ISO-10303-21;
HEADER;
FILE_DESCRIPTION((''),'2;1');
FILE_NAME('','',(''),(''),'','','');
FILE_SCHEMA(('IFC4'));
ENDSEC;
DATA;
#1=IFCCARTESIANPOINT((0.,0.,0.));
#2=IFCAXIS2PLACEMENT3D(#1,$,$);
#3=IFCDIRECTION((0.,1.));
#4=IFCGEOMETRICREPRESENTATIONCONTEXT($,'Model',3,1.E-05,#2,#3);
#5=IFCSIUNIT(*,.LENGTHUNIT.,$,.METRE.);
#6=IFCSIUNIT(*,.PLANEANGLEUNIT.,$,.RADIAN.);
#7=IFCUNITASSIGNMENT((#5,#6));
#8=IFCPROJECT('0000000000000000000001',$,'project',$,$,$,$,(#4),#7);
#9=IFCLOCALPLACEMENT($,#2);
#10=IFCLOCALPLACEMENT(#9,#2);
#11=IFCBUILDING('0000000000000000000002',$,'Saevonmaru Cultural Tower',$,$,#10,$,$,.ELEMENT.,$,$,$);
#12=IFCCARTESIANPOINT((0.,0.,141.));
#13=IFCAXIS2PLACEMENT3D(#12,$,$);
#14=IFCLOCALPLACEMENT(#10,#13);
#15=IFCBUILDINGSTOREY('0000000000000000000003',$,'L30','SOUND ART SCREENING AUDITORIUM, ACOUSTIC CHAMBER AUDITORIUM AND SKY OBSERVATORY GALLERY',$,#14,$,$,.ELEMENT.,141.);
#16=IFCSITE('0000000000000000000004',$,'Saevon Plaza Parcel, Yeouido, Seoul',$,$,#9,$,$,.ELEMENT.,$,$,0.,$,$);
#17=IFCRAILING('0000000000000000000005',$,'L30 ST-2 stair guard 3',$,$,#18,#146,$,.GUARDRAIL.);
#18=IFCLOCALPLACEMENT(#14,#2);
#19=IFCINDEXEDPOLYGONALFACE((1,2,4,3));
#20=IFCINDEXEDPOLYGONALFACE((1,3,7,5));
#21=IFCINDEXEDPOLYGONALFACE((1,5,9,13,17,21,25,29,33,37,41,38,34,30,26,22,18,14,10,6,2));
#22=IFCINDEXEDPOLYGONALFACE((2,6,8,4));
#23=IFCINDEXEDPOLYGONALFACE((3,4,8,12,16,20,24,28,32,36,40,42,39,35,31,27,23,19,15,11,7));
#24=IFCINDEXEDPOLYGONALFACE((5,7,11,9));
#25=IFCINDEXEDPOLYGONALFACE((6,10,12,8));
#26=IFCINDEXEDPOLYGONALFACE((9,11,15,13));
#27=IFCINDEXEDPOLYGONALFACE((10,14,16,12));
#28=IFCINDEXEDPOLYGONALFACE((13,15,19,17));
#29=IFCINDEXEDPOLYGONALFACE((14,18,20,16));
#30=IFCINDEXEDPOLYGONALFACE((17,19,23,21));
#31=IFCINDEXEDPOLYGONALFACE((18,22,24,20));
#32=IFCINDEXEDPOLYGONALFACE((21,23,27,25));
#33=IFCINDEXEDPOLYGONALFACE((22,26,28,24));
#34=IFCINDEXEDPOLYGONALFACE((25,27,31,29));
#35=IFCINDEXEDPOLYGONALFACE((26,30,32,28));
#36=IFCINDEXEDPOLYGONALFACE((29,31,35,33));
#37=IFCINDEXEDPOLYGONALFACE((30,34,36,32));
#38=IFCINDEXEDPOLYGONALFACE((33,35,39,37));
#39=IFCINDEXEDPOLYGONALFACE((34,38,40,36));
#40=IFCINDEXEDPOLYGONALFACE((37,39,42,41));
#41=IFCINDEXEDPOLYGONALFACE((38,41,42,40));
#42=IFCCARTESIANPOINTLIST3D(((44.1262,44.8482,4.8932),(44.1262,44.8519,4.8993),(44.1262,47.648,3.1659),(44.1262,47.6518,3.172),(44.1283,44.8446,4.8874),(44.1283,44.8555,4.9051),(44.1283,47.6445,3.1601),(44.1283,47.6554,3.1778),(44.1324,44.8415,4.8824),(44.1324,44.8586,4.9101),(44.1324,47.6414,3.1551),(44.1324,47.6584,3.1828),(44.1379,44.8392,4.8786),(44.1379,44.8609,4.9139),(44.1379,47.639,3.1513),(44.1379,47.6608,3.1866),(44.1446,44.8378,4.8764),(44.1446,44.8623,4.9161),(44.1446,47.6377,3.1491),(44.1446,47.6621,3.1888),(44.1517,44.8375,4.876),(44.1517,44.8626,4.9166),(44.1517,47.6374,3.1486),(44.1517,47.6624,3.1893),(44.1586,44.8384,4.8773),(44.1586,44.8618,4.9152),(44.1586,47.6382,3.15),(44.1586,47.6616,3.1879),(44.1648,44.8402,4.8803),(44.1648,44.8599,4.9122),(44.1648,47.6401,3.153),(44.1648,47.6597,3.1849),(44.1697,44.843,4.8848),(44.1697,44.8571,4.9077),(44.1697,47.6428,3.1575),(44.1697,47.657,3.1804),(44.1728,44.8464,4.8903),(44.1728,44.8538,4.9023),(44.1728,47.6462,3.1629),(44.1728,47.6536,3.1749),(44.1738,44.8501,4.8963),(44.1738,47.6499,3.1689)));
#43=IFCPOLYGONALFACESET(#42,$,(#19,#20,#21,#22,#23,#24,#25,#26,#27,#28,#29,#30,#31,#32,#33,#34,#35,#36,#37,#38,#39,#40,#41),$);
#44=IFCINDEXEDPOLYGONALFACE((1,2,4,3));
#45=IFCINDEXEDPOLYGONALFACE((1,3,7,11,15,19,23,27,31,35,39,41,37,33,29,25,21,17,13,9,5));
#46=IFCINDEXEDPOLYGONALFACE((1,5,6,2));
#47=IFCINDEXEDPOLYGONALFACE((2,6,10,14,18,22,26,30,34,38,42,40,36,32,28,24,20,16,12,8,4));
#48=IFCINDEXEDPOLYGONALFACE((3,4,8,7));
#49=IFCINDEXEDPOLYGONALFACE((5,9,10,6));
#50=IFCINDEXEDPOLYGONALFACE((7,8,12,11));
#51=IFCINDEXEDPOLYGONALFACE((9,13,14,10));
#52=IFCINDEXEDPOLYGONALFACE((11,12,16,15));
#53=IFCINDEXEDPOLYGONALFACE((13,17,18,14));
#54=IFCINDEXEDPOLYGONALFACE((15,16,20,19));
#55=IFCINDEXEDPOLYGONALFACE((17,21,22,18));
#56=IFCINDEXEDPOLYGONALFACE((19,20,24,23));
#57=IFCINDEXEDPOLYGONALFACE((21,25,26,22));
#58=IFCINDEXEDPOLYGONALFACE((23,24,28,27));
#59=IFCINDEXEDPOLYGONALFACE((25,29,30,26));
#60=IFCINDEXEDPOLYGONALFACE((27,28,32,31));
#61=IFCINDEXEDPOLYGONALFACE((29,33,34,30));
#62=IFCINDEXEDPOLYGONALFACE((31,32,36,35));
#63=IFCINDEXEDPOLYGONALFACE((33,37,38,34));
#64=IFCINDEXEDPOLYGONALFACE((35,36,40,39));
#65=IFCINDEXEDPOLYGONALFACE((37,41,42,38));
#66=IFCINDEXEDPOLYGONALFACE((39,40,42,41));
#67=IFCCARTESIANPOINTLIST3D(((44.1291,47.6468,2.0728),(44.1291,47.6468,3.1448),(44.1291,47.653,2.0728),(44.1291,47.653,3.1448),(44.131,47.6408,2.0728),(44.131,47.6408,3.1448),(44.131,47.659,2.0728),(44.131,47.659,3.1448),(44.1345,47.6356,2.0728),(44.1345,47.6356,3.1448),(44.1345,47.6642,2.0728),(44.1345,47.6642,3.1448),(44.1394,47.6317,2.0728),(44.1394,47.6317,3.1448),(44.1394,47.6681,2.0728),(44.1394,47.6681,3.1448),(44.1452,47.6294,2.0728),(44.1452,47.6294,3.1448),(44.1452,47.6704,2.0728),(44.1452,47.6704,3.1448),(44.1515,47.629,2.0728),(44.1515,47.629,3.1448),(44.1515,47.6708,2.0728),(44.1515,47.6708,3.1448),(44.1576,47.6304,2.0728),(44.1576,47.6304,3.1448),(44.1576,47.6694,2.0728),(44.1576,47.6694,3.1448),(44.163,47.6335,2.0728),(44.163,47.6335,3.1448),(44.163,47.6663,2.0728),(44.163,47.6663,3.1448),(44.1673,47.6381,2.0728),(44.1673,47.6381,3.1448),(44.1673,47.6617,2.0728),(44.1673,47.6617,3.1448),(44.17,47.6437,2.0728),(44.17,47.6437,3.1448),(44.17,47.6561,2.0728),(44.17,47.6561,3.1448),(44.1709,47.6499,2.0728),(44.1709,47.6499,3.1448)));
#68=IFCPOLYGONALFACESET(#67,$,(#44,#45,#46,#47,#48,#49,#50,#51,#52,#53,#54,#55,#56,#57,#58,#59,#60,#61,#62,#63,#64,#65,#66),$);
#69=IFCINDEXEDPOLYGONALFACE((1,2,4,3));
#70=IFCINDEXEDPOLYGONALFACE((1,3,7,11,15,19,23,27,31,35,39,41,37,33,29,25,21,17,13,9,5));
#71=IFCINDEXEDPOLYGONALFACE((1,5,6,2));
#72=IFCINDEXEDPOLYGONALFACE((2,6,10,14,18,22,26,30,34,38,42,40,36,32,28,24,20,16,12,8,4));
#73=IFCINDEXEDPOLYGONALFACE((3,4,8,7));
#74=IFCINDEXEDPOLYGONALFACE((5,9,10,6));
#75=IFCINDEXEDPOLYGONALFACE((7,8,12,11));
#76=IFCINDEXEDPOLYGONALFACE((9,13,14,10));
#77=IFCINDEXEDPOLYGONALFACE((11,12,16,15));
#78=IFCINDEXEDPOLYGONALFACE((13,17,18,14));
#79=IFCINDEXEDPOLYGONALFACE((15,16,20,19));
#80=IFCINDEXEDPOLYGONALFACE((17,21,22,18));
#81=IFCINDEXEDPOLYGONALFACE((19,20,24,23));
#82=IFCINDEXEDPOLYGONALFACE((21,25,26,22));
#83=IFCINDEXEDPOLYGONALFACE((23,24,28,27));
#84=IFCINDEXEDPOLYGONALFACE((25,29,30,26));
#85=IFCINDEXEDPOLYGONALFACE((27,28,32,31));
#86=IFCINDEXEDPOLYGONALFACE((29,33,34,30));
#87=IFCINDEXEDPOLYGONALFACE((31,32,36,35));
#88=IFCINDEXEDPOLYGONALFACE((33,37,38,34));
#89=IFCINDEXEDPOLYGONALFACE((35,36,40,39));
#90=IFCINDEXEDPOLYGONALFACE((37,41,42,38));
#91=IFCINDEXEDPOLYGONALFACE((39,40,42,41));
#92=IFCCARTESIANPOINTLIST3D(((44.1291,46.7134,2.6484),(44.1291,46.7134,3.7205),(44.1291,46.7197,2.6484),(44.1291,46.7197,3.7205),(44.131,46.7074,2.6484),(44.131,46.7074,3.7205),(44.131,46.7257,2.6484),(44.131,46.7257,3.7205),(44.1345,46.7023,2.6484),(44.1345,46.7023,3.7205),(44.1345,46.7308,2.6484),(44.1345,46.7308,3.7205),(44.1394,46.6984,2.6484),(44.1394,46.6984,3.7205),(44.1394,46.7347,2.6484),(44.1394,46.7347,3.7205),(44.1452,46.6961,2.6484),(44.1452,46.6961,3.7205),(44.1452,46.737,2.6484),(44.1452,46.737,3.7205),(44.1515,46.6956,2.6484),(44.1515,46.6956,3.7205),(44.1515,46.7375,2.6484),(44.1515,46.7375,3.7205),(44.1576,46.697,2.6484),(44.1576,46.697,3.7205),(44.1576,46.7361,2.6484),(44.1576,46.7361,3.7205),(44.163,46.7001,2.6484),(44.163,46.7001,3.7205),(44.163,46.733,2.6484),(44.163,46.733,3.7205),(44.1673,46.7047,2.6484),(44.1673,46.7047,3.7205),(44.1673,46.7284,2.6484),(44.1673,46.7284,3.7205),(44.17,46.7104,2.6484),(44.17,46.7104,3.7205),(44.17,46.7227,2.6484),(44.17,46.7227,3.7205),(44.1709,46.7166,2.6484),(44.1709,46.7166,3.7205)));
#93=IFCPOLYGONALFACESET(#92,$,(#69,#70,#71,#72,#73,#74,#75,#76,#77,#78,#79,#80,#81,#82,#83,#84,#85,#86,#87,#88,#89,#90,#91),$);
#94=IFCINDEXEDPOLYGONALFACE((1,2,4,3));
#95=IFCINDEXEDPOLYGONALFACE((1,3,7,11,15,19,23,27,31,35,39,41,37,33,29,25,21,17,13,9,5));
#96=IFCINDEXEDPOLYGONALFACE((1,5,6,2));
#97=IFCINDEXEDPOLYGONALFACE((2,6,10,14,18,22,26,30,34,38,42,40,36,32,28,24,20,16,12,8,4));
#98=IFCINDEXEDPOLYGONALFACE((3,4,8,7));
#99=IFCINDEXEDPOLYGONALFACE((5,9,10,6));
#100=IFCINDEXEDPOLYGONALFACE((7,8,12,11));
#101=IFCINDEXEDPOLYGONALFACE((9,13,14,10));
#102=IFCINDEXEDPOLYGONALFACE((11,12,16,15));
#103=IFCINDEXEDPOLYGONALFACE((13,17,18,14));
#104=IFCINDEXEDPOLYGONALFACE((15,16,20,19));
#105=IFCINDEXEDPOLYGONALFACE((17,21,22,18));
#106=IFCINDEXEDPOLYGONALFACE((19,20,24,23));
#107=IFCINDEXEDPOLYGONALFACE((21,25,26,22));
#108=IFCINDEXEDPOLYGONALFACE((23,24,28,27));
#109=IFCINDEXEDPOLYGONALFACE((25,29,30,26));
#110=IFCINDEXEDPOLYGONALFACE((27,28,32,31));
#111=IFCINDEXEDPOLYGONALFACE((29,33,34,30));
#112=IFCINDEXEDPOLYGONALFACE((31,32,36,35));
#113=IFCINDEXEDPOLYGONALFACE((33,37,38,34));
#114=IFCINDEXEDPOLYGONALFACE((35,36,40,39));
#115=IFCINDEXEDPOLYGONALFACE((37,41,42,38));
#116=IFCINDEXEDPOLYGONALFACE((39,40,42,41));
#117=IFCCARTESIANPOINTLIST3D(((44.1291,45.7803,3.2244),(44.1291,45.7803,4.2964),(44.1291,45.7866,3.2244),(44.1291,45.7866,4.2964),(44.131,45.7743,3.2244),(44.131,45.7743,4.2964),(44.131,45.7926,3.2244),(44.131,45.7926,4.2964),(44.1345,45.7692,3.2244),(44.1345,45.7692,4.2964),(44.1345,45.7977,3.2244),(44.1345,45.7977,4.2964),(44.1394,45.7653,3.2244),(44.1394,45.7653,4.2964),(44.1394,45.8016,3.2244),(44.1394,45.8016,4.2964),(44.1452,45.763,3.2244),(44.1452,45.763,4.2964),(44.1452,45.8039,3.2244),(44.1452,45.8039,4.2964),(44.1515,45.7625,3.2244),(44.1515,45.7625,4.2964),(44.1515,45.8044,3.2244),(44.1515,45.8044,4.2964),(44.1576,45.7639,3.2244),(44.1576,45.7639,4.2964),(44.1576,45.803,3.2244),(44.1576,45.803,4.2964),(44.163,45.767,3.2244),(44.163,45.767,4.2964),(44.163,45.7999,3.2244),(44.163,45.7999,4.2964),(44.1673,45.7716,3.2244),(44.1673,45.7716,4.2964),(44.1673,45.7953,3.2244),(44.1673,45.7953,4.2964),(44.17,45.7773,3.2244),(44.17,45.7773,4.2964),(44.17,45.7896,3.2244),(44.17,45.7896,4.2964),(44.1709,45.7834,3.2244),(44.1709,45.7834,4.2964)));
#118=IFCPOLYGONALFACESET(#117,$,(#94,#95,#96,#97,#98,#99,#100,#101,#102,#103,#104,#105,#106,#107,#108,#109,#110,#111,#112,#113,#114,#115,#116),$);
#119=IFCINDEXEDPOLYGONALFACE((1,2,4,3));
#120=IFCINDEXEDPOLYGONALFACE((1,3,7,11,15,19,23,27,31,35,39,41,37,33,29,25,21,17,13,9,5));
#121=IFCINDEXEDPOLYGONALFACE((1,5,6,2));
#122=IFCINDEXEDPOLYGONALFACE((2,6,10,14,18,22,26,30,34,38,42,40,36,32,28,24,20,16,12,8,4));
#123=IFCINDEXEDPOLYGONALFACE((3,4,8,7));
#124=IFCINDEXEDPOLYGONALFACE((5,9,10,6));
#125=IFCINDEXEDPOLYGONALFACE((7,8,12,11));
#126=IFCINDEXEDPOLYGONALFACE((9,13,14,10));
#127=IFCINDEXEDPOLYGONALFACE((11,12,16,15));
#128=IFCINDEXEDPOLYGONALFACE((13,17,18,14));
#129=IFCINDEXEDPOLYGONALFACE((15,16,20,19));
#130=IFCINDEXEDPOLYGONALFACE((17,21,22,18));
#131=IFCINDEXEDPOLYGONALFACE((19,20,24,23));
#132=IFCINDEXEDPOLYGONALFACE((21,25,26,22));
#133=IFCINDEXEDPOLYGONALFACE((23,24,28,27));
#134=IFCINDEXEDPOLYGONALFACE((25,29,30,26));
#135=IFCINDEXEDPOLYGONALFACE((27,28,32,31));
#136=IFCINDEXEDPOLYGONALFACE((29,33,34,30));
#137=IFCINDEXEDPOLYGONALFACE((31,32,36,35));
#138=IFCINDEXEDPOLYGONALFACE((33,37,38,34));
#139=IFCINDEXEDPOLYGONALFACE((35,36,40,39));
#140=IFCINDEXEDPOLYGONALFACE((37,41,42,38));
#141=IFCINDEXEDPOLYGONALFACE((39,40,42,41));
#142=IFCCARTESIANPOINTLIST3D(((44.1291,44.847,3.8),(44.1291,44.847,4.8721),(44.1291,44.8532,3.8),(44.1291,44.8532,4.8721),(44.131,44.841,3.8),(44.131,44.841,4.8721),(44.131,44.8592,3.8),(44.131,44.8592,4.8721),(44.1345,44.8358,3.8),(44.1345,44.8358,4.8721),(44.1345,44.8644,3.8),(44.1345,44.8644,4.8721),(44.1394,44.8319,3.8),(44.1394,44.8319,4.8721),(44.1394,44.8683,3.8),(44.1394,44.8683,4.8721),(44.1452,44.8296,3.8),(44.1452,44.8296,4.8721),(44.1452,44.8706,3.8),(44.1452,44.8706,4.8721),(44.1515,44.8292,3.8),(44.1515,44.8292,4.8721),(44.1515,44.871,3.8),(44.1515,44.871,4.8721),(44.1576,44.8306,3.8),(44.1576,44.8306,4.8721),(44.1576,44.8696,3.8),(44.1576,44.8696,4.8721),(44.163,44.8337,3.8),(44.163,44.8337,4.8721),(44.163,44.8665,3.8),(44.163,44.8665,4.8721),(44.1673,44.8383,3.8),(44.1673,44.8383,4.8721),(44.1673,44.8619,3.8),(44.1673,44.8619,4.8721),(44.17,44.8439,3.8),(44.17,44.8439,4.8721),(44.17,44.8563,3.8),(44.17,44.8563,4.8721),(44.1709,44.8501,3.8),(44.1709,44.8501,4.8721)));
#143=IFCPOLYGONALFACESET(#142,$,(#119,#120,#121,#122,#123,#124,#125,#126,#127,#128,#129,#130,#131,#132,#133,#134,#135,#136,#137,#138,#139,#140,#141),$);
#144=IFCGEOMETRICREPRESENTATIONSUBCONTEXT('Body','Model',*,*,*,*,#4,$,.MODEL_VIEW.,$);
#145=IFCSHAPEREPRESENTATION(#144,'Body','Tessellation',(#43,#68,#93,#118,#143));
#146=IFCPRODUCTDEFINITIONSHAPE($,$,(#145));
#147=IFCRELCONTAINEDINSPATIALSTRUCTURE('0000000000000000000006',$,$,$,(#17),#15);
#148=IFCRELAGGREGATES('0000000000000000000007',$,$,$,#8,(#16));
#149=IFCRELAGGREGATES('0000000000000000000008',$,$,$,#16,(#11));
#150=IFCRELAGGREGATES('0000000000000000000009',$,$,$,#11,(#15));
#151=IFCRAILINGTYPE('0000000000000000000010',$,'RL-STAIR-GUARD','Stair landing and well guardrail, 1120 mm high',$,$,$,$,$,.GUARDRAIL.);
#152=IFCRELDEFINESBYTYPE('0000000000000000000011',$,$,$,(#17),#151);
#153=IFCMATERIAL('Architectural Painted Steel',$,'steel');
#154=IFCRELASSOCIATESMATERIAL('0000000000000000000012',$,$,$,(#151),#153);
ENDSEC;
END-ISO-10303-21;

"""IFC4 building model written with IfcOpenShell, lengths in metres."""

from ifc_helpers import new_model, si_unit, direction, frame, origin, origin_2d, place, context, subcontext, project, spatial, circle, extrude, material, type_object, element, save


model = new_model("IFC4")

# Units and contexts
model_context = context("Model", 3, precision=1e-05, world=origin(), true_north=direction((0.0, 1.0)))
body_context = subcontext(model_context, "Body", "Model", "MODEL_VIEW")
ifc_project = project(units=[si_unit("LENGTHUNIT", "METRE"), si_unit("PLANEANGLEUNIT", "RADIAN")], contexts=[model_context])

# Site, building, storey
site_placement = place(None, origin())
site = spatial("IfcSite", under=ifc_project, at=site_placement, Name="Saevon Plaza Parcel, Yeouido, Seoul", CompositionType="ELEMENT", RefElevation=0.0)
building_placement = place(site_placement, origin())
building = spatial("IfcBuilding", under=site, at=building_placement, Name="Saevonmaru Cultural Tower", CompositionType="ELEMENT")
storey_placement = place(building_placement, frame((0.0, 0.0, 141.0)))
storey = spatial("IfcBuildingStorey", under=building, at=storey_placement, Name="L30", Description="SOUND ART SCREENING AUDITORIUM, ACOUSTIC CHAMBER AUDITORIUM AND SKY OBSERVATORY GALLERY", CompositionType="ELEMENT", Elevation=141.0)

# Railing
ifc_material_1 = material(Name="Architectural Painted Steel", Category="steel")
railing_type_1 = type_object("IfcRailingType", Name="RL-STAIR-GUARD", Description="Stair landing and well guardrail, 1120 mm high", PredefinedType="GUARDRAIL", material=ifc_material_1)
railing_1_placement = place(storey_placement, frame((44.1499, 47.6499, 2.0728)))
element("IfcRailing", 1, at=railing_1_placement, inside=storey, type_object=railing_type_1, Name="L30 ST-2 stair guard 3", PredefinedType="GUARDRAIL", context=body_context, shape_type="SweptSolid", body=[
    extrude(circle(Radius=0.0239, at=origin_2d()), frame((0.0, 0.0, 1.0962), z_axis=(0.0, -0.851069, 0.525054), x_axis=(1.0, 0.0, 0.0)), (0.0, 0.0, 1.0), 3.2898),
    extrude(circle(Radius=0.021, at=origin_2d()), origin(), (0.0, 0.0, 1.0), 1.072),
    extrude(circle(Radius=0.021, at=origin_2d()), frame((0.0, -0.9333, 0.5757)), (0.0, 0.0, 1.0), 1.072),
    extrude(circle(Radius=0.021, at=origin_2d()), frame((0.0, -1.8665, 1.1516)), (0.0, 0.0, 1.0), 1.072),
    extrude(circle(Radius=0.021, at=origin_2d()), frame((0.0, -2.7998, 1.7273)), (0.0, 0.0, 1.0), 1.072),
])

save(model, "model.ifc")
